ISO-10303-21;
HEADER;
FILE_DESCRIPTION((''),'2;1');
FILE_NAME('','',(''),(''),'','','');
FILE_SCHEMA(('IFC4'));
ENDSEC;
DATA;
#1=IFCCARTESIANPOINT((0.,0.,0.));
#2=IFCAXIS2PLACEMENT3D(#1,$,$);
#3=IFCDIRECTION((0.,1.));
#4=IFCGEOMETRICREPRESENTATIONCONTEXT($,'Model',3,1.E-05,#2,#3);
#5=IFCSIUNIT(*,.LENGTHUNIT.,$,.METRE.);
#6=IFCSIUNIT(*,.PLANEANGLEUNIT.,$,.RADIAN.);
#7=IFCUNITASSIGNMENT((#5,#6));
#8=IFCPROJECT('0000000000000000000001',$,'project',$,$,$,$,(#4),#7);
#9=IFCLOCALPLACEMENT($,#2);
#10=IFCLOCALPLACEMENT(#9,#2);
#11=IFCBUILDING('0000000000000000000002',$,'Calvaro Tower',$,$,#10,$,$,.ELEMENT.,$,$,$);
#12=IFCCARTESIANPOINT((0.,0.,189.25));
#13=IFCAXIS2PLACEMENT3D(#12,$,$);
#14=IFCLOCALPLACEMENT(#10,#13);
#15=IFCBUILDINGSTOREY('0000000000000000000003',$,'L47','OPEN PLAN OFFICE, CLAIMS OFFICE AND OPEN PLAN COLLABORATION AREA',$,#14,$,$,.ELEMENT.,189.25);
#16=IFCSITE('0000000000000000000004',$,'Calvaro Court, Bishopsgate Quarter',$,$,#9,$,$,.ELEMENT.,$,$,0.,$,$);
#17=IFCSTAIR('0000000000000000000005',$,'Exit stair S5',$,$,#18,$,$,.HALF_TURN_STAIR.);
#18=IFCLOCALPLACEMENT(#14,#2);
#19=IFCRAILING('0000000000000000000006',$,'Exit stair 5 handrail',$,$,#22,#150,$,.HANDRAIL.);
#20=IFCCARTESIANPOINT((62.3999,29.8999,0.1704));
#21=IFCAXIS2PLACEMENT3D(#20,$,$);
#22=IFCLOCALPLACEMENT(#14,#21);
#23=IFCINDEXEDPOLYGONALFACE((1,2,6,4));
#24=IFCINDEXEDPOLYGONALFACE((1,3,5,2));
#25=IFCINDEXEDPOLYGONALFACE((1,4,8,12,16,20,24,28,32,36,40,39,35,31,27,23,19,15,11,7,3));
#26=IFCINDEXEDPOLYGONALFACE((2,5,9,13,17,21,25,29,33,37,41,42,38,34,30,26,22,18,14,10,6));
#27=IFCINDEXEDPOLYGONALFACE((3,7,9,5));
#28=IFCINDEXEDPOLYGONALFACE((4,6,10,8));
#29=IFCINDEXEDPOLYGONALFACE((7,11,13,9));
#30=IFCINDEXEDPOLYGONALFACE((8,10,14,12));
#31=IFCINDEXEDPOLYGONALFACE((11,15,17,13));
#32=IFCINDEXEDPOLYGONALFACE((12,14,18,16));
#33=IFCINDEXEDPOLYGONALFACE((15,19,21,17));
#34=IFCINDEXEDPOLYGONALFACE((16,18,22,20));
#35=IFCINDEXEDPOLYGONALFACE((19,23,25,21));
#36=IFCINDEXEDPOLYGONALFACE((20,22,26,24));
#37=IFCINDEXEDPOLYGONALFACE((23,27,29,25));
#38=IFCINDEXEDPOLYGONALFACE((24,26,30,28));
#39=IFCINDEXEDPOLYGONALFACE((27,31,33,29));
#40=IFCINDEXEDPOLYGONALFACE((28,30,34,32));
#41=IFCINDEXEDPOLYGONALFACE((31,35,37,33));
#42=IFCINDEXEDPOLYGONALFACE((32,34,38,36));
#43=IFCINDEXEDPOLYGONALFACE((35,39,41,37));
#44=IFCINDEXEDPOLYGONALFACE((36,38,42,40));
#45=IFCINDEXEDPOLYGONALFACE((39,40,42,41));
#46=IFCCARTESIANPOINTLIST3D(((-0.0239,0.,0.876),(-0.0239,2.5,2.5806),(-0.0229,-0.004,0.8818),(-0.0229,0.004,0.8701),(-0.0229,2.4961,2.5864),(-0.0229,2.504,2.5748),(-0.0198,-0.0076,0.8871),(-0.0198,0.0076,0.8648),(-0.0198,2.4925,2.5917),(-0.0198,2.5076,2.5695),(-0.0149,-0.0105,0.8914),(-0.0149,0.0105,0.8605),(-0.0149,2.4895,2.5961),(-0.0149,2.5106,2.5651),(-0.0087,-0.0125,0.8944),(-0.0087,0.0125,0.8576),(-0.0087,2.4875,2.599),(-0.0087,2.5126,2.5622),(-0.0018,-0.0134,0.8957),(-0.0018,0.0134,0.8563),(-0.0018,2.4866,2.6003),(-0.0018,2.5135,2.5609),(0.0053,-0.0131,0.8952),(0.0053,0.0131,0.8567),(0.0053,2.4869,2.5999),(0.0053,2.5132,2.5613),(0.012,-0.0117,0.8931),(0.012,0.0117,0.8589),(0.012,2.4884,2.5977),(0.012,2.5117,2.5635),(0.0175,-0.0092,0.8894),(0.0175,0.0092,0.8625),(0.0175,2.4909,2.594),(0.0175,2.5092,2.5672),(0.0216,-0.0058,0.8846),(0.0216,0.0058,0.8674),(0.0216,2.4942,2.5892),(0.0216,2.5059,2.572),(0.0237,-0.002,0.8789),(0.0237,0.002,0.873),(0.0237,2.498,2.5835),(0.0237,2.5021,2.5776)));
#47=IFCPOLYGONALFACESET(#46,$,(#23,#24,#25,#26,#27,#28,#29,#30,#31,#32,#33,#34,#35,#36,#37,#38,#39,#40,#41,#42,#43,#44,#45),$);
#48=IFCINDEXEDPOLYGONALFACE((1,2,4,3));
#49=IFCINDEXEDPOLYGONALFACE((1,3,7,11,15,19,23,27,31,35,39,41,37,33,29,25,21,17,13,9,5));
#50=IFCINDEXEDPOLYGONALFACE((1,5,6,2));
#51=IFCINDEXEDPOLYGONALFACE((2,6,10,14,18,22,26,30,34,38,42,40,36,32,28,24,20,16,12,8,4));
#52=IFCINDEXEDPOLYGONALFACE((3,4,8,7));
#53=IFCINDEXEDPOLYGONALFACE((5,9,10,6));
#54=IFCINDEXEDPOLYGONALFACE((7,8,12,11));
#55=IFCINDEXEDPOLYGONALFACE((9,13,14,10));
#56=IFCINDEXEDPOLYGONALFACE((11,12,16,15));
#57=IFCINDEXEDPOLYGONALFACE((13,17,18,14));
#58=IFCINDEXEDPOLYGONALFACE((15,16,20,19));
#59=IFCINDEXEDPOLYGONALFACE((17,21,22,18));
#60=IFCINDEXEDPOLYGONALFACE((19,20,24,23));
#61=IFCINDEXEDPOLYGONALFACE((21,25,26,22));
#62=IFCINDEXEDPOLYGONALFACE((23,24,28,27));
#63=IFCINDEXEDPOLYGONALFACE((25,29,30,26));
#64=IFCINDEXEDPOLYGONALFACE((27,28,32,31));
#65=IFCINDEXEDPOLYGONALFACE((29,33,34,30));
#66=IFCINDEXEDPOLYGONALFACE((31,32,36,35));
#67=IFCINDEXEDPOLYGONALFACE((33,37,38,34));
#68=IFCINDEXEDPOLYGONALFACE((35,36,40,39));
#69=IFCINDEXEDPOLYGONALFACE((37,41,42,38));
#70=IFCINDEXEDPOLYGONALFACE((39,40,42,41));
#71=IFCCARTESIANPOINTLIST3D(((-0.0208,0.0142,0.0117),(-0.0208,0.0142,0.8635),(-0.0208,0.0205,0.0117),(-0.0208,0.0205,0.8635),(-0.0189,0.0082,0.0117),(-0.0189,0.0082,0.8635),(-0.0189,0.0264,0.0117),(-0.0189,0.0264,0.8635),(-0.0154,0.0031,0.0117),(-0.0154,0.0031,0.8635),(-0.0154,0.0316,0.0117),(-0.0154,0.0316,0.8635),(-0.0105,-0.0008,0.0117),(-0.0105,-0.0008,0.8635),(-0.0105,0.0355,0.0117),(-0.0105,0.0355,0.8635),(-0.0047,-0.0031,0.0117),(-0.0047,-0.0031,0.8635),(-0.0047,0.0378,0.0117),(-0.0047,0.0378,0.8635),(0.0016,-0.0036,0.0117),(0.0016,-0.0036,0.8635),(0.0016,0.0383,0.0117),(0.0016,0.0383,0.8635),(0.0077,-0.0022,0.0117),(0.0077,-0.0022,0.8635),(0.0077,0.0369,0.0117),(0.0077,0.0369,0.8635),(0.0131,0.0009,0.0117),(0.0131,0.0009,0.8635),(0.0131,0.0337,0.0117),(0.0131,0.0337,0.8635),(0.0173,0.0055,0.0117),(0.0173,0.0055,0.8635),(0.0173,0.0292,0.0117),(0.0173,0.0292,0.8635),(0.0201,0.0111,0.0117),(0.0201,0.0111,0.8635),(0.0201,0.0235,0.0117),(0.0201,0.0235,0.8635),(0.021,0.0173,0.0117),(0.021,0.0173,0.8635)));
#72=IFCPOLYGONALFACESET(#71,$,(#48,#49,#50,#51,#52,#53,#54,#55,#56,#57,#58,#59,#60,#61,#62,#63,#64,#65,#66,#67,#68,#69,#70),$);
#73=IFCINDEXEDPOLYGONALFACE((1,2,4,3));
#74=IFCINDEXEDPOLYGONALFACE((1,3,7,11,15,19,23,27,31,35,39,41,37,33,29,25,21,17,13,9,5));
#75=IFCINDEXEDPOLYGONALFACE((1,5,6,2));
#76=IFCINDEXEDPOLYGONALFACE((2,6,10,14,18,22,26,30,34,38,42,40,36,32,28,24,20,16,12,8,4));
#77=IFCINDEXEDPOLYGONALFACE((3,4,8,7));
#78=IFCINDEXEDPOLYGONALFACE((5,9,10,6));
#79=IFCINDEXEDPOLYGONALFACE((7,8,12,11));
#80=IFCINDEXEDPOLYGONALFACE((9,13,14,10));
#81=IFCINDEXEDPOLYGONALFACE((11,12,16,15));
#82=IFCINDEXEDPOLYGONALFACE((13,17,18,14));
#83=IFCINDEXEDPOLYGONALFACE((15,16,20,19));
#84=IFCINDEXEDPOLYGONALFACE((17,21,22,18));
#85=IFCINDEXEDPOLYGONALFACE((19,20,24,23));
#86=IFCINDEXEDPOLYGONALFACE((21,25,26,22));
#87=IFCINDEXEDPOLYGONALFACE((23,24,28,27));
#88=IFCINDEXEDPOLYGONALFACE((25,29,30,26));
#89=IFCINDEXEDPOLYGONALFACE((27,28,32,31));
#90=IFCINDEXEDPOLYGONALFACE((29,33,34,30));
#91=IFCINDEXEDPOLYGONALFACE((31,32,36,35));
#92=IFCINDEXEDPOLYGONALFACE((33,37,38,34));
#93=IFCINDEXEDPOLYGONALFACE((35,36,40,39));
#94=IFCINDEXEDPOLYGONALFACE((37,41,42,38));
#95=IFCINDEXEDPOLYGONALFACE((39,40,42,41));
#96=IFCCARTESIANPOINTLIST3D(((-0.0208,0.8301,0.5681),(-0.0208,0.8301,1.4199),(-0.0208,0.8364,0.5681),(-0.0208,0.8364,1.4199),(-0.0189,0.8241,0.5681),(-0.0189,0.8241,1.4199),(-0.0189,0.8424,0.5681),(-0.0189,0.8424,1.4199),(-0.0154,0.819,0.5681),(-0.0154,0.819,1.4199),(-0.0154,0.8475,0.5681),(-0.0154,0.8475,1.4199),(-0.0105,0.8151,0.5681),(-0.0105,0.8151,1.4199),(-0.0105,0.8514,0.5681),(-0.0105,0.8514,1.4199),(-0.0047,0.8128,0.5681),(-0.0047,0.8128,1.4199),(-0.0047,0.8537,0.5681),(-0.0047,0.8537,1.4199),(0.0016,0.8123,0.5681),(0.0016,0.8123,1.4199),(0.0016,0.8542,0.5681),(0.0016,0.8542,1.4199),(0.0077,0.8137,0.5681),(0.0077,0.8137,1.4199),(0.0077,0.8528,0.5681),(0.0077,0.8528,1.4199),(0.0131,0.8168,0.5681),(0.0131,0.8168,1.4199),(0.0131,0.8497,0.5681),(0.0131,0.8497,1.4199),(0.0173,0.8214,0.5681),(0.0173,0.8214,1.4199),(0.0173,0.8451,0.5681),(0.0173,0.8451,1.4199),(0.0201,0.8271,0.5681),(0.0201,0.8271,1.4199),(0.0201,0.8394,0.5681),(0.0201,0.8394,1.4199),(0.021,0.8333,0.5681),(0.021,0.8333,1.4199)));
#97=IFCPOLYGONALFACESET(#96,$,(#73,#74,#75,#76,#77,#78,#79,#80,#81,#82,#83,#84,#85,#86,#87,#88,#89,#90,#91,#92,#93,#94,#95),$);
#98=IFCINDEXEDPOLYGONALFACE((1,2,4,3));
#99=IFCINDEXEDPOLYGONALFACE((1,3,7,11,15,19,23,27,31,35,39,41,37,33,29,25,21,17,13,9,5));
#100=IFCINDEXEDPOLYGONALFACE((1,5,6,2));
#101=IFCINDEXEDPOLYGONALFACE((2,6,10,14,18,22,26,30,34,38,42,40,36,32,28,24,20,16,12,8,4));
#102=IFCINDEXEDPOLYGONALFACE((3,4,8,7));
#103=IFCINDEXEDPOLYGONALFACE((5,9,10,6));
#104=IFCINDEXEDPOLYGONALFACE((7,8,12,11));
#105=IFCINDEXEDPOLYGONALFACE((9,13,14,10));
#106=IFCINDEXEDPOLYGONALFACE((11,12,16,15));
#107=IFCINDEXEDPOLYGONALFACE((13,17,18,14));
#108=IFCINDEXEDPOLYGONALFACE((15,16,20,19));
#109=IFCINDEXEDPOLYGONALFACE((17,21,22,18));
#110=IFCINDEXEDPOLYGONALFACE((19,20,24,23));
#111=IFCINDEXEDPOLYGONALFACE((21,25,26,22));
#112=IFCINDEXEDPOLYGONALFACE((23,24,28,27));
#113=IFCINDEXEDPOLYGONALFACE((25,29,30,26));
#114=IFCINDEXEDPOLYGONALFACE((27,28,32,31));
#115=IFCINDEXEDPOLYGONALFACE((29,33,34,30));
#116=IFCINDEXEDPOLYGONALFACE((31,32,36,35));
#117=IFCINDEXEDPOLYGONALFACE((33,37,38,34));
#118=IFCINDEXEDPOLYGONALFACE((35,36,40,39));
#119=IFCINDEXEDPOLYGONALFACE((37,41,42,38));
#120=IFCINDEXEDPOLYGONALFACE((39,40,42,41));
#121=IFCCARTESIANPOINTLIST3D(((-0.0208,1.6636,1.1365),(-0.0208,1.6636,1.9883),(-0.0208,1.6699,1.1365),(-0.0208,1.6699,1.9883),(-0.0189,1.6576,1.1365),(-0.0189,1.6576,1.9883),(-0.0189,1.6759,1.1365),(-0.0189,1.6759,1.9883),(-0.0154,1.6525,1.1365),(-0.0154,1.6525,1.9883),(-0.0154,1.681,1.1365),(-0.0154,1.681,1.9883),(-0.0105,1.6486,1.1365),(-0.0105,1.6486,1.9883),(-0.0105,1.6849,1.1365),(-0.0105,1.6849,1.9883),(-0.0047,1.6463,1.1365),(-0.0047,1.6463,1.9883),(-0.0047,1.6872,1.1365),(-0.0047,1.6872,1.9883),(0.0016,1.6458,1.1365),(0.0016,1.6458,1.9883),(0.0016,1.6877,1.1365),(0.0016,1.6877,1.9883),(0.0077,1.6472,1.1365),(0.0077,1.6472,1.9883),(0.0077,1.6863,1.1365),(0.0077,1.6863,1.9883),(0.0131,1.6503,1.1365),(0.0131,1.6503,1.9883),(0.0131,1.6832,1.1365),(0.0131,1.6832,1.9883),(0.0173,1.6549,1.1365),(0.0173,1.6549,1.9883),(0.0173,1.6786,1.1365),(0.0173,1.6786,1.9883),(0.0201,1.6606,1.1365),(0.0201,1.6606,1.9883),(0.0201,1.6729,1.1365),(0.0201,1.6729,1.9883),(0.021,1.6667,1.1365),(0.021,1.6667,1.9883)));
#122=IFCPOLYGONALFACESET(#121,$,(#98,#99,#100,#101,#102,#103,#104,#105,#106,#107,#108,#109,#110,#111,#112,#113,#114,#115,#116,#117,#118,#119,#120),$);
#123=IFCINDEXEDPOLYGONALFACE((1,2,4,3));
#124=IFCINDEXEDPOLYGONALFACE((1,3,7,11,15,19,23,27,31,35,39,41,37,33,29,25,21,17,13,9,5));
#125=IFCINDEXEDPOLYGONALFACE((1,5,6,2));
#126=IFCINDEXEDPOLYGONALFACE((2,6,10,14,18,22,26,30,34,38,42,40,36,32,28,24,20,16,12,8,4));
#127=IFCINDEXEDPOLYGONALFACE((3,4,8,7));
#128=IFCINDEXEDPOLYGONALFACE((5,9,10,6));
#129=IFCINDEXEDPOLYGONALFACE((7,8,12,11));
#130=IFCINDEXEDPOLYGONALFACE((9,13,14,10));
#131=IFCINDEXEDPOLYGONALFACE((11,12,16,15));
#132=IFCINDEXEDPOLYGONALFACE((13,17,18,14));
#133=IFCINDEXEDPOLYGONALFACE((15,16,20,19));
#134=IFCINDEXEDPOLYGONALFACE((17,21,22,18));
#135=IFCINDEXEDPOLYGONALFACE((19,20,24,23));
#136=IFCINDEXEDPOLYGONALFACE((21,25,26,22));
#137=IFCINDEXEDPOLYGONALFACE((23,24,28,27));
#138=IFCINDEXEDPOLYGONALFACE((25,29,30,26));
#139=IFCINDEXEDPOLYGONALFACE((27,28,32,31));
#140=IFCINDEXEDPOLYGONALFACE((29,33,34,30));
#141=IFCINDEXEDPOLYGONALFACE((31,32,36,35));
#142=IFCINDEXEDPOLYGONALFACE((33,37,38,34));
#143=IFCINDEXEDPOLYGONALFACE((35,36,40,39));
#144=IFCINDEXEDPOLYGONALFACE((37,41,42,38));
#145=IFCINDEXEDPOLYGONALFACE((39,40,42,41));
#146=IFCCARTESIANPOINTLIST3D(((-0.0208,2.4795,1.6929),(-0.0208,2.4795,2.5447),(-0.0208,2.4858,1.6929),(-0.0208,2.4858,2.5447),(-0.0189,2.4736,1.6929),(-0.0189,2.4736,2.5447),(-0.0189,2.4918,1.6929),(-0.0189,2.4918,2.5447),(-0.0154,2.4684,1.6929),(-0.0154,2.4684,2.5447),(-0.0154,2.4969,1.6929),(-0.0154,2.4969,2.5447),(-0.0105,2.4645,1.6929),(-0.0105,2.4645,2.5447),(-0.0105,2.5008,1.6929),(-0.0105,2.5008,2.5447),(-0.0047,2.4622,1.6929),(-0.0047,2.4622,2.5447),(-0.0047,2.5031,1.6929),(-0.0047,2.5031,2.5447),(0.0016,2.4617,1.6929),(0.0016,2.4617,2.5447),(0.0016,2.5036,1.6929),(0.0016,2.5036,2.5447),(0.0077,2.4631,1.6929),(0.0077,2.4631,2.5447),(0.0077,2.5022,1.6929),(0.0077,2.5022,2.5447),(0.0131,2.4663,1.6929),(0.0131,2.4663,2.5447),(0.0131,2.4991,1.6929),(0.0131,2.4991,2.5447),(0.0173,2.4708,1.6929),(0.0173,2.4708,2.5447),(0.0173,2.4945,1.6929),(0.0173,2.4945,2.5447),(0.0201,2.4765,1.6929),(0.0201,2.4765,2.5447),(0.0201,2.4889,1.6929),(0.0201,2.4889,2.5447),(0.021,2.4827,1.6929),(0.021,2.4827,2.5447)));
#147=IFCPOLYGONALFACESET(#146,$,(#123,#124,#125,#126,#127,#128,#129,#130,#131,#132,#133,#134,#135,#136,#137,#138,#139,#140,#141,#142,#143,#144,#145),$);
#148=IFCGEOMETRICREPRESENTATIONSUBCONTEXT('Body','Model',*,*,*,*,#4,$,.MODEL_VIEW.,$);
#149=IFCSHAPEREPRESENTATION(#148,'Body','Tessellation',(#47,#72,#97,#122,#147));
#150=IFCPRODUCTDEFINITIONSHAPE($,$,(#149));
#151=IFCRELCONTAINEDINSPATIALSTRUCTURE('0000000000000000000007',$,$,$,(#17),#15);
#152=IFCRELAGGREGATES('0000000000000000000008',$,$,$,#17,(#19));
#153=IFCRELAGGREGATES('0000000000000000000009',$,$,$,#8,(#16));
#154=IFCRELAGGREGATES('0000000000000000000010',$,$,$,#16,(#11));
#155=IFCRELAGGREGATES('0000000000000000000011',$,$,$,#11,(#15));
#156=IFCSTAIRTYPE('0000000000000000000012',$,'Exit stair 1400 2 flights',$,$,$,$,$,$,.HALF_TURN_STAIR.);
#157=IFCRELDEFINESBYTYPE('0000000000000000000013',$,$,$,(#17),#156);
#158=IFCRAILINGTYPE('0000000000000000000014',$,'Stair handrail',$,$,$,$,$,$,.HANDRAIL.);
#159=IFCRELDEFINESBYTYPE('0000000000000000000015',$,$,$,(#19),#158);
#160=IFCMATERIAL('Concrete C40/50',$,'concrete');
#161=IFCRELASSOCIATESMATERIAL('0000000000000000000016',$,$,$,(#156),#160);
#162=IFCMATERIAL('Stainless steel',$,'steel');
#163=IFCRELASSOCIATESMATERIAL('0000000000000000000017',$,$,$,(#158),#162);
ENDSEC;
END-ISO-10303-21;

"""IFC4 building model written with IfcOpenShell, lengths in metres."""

from ifc_helpers import new_model, si_unit, direction, frame, origin, origin_2d, place, context, subcontext, project, spatial, circle, extrude, material, type_object, element, aggregate, save


model = new_model("IFC4")

# Units and contexts
model_context = context("Model", 3, precision=1e-05, world=origin(), true_north=direction((0.0, 1.0)))
body_context = subcontext(model_context, "Body", "Model", "MODEL_VIEW")
ifc_project = project(units=[si_unit("LENGTHUNIT", "METRE"), si_unit("PLANEANGLEUNIT", "RADIAN")], contexts=[model_context])

# Site, building, storey
site_placement = place(None, origin())
site = spatial("IfcSite", under=ifc_project, at=site_placement, Name="Calvaro Court, Bishopsgate Quarter", CompositionType="ELEMENT", RefElevation=0.0)
building_placement = place(site_placement, origin())
building = spatial("IfcBuilding", under=site, at=building_placement, Name="Calvaro Tower", CompositionType="ELEMENT")
storey_placement = place(building_placement, frame((0.0, 0.0, 189.25)))
storey = spatial("IfcBuildingStorey", under=building, at=storey_placement, Name="L47", Description="OPEN PLAN OFFICE, CLAIMS OFFICE AND OPEN PLAN COLLABORATION AREA", CompositionType="ELEMENT", Elevation=189.25)

# Stair
ifc_material_1 = material(Name="Concrete C40/50", Category="concrete")
stair_type = type_object("IfcStairType", Name="Exit stair 1400 2 flights", PredefinedType="HALF_TURN_STAIR", material=ifc_material_1)
stair_1_placement = place(storey_placement, origin())
stair_1 = element("IfcStair", 1, at=stair_1_placement, inside=storey, type_object=stair_type, Name="Exit stair S5", PredefinedType="HALF_TURN_STAIR")

# Railing
ifc_material_2 = material(Name="Stainless steel", Category="steel")
railing_type = type_object("IfcRailingType", Name="Stair handrail", PredefinedType="HANDRAIL", material=ifc_material_2)
railing_1_placement = place(storey_placement, frame((62.3999, 29.8999, 0.1704)))
railing_1 = element("IfcRailing", 2, at=railing_1_placement, type_object=railing_type, Name="Exit stair 5 handrail", PredefinedType="HANDRAIL", context=body_context, shape_type="SweptSolid", body=[
    extrude(circle(Radius=0.0239, at=origin_2d()), frame((0.0, 0.0, 0.876), z_axis=(0.0, 0.826221, 0.563347), x_axis=(-1.0, 0.0, 0.0)), (0.0, 0.0, 1.0), 3.0259),
    extrude(circle(Radius=0.021, at=origin_2d()), frame((0.0, 0.0173, 0.0117)), (0.0, 0.0, 1.0), 0.8518),
    extrude(circle(Radius=0.021, at=origin_2d()), frame((0.0, 0.8333, 0.5681)), (0.0, 0.0, 1.0), 0.8518),
    extrude(circle(Radius=0.021, at=origin_2d()), frame((0.0, 1.6667, 1.1365)), (0.0, 0.0, 1.0), 0.8518),
    extrude(circle(Radius=0.021, at=origin_2d()), frame((0.0, 2.4827, 1.6929)), (0.0, 0.0, 1.0), 0.8518),
])
aggregate(stair_1, [railing_1])

save(model, "model.ifc")
